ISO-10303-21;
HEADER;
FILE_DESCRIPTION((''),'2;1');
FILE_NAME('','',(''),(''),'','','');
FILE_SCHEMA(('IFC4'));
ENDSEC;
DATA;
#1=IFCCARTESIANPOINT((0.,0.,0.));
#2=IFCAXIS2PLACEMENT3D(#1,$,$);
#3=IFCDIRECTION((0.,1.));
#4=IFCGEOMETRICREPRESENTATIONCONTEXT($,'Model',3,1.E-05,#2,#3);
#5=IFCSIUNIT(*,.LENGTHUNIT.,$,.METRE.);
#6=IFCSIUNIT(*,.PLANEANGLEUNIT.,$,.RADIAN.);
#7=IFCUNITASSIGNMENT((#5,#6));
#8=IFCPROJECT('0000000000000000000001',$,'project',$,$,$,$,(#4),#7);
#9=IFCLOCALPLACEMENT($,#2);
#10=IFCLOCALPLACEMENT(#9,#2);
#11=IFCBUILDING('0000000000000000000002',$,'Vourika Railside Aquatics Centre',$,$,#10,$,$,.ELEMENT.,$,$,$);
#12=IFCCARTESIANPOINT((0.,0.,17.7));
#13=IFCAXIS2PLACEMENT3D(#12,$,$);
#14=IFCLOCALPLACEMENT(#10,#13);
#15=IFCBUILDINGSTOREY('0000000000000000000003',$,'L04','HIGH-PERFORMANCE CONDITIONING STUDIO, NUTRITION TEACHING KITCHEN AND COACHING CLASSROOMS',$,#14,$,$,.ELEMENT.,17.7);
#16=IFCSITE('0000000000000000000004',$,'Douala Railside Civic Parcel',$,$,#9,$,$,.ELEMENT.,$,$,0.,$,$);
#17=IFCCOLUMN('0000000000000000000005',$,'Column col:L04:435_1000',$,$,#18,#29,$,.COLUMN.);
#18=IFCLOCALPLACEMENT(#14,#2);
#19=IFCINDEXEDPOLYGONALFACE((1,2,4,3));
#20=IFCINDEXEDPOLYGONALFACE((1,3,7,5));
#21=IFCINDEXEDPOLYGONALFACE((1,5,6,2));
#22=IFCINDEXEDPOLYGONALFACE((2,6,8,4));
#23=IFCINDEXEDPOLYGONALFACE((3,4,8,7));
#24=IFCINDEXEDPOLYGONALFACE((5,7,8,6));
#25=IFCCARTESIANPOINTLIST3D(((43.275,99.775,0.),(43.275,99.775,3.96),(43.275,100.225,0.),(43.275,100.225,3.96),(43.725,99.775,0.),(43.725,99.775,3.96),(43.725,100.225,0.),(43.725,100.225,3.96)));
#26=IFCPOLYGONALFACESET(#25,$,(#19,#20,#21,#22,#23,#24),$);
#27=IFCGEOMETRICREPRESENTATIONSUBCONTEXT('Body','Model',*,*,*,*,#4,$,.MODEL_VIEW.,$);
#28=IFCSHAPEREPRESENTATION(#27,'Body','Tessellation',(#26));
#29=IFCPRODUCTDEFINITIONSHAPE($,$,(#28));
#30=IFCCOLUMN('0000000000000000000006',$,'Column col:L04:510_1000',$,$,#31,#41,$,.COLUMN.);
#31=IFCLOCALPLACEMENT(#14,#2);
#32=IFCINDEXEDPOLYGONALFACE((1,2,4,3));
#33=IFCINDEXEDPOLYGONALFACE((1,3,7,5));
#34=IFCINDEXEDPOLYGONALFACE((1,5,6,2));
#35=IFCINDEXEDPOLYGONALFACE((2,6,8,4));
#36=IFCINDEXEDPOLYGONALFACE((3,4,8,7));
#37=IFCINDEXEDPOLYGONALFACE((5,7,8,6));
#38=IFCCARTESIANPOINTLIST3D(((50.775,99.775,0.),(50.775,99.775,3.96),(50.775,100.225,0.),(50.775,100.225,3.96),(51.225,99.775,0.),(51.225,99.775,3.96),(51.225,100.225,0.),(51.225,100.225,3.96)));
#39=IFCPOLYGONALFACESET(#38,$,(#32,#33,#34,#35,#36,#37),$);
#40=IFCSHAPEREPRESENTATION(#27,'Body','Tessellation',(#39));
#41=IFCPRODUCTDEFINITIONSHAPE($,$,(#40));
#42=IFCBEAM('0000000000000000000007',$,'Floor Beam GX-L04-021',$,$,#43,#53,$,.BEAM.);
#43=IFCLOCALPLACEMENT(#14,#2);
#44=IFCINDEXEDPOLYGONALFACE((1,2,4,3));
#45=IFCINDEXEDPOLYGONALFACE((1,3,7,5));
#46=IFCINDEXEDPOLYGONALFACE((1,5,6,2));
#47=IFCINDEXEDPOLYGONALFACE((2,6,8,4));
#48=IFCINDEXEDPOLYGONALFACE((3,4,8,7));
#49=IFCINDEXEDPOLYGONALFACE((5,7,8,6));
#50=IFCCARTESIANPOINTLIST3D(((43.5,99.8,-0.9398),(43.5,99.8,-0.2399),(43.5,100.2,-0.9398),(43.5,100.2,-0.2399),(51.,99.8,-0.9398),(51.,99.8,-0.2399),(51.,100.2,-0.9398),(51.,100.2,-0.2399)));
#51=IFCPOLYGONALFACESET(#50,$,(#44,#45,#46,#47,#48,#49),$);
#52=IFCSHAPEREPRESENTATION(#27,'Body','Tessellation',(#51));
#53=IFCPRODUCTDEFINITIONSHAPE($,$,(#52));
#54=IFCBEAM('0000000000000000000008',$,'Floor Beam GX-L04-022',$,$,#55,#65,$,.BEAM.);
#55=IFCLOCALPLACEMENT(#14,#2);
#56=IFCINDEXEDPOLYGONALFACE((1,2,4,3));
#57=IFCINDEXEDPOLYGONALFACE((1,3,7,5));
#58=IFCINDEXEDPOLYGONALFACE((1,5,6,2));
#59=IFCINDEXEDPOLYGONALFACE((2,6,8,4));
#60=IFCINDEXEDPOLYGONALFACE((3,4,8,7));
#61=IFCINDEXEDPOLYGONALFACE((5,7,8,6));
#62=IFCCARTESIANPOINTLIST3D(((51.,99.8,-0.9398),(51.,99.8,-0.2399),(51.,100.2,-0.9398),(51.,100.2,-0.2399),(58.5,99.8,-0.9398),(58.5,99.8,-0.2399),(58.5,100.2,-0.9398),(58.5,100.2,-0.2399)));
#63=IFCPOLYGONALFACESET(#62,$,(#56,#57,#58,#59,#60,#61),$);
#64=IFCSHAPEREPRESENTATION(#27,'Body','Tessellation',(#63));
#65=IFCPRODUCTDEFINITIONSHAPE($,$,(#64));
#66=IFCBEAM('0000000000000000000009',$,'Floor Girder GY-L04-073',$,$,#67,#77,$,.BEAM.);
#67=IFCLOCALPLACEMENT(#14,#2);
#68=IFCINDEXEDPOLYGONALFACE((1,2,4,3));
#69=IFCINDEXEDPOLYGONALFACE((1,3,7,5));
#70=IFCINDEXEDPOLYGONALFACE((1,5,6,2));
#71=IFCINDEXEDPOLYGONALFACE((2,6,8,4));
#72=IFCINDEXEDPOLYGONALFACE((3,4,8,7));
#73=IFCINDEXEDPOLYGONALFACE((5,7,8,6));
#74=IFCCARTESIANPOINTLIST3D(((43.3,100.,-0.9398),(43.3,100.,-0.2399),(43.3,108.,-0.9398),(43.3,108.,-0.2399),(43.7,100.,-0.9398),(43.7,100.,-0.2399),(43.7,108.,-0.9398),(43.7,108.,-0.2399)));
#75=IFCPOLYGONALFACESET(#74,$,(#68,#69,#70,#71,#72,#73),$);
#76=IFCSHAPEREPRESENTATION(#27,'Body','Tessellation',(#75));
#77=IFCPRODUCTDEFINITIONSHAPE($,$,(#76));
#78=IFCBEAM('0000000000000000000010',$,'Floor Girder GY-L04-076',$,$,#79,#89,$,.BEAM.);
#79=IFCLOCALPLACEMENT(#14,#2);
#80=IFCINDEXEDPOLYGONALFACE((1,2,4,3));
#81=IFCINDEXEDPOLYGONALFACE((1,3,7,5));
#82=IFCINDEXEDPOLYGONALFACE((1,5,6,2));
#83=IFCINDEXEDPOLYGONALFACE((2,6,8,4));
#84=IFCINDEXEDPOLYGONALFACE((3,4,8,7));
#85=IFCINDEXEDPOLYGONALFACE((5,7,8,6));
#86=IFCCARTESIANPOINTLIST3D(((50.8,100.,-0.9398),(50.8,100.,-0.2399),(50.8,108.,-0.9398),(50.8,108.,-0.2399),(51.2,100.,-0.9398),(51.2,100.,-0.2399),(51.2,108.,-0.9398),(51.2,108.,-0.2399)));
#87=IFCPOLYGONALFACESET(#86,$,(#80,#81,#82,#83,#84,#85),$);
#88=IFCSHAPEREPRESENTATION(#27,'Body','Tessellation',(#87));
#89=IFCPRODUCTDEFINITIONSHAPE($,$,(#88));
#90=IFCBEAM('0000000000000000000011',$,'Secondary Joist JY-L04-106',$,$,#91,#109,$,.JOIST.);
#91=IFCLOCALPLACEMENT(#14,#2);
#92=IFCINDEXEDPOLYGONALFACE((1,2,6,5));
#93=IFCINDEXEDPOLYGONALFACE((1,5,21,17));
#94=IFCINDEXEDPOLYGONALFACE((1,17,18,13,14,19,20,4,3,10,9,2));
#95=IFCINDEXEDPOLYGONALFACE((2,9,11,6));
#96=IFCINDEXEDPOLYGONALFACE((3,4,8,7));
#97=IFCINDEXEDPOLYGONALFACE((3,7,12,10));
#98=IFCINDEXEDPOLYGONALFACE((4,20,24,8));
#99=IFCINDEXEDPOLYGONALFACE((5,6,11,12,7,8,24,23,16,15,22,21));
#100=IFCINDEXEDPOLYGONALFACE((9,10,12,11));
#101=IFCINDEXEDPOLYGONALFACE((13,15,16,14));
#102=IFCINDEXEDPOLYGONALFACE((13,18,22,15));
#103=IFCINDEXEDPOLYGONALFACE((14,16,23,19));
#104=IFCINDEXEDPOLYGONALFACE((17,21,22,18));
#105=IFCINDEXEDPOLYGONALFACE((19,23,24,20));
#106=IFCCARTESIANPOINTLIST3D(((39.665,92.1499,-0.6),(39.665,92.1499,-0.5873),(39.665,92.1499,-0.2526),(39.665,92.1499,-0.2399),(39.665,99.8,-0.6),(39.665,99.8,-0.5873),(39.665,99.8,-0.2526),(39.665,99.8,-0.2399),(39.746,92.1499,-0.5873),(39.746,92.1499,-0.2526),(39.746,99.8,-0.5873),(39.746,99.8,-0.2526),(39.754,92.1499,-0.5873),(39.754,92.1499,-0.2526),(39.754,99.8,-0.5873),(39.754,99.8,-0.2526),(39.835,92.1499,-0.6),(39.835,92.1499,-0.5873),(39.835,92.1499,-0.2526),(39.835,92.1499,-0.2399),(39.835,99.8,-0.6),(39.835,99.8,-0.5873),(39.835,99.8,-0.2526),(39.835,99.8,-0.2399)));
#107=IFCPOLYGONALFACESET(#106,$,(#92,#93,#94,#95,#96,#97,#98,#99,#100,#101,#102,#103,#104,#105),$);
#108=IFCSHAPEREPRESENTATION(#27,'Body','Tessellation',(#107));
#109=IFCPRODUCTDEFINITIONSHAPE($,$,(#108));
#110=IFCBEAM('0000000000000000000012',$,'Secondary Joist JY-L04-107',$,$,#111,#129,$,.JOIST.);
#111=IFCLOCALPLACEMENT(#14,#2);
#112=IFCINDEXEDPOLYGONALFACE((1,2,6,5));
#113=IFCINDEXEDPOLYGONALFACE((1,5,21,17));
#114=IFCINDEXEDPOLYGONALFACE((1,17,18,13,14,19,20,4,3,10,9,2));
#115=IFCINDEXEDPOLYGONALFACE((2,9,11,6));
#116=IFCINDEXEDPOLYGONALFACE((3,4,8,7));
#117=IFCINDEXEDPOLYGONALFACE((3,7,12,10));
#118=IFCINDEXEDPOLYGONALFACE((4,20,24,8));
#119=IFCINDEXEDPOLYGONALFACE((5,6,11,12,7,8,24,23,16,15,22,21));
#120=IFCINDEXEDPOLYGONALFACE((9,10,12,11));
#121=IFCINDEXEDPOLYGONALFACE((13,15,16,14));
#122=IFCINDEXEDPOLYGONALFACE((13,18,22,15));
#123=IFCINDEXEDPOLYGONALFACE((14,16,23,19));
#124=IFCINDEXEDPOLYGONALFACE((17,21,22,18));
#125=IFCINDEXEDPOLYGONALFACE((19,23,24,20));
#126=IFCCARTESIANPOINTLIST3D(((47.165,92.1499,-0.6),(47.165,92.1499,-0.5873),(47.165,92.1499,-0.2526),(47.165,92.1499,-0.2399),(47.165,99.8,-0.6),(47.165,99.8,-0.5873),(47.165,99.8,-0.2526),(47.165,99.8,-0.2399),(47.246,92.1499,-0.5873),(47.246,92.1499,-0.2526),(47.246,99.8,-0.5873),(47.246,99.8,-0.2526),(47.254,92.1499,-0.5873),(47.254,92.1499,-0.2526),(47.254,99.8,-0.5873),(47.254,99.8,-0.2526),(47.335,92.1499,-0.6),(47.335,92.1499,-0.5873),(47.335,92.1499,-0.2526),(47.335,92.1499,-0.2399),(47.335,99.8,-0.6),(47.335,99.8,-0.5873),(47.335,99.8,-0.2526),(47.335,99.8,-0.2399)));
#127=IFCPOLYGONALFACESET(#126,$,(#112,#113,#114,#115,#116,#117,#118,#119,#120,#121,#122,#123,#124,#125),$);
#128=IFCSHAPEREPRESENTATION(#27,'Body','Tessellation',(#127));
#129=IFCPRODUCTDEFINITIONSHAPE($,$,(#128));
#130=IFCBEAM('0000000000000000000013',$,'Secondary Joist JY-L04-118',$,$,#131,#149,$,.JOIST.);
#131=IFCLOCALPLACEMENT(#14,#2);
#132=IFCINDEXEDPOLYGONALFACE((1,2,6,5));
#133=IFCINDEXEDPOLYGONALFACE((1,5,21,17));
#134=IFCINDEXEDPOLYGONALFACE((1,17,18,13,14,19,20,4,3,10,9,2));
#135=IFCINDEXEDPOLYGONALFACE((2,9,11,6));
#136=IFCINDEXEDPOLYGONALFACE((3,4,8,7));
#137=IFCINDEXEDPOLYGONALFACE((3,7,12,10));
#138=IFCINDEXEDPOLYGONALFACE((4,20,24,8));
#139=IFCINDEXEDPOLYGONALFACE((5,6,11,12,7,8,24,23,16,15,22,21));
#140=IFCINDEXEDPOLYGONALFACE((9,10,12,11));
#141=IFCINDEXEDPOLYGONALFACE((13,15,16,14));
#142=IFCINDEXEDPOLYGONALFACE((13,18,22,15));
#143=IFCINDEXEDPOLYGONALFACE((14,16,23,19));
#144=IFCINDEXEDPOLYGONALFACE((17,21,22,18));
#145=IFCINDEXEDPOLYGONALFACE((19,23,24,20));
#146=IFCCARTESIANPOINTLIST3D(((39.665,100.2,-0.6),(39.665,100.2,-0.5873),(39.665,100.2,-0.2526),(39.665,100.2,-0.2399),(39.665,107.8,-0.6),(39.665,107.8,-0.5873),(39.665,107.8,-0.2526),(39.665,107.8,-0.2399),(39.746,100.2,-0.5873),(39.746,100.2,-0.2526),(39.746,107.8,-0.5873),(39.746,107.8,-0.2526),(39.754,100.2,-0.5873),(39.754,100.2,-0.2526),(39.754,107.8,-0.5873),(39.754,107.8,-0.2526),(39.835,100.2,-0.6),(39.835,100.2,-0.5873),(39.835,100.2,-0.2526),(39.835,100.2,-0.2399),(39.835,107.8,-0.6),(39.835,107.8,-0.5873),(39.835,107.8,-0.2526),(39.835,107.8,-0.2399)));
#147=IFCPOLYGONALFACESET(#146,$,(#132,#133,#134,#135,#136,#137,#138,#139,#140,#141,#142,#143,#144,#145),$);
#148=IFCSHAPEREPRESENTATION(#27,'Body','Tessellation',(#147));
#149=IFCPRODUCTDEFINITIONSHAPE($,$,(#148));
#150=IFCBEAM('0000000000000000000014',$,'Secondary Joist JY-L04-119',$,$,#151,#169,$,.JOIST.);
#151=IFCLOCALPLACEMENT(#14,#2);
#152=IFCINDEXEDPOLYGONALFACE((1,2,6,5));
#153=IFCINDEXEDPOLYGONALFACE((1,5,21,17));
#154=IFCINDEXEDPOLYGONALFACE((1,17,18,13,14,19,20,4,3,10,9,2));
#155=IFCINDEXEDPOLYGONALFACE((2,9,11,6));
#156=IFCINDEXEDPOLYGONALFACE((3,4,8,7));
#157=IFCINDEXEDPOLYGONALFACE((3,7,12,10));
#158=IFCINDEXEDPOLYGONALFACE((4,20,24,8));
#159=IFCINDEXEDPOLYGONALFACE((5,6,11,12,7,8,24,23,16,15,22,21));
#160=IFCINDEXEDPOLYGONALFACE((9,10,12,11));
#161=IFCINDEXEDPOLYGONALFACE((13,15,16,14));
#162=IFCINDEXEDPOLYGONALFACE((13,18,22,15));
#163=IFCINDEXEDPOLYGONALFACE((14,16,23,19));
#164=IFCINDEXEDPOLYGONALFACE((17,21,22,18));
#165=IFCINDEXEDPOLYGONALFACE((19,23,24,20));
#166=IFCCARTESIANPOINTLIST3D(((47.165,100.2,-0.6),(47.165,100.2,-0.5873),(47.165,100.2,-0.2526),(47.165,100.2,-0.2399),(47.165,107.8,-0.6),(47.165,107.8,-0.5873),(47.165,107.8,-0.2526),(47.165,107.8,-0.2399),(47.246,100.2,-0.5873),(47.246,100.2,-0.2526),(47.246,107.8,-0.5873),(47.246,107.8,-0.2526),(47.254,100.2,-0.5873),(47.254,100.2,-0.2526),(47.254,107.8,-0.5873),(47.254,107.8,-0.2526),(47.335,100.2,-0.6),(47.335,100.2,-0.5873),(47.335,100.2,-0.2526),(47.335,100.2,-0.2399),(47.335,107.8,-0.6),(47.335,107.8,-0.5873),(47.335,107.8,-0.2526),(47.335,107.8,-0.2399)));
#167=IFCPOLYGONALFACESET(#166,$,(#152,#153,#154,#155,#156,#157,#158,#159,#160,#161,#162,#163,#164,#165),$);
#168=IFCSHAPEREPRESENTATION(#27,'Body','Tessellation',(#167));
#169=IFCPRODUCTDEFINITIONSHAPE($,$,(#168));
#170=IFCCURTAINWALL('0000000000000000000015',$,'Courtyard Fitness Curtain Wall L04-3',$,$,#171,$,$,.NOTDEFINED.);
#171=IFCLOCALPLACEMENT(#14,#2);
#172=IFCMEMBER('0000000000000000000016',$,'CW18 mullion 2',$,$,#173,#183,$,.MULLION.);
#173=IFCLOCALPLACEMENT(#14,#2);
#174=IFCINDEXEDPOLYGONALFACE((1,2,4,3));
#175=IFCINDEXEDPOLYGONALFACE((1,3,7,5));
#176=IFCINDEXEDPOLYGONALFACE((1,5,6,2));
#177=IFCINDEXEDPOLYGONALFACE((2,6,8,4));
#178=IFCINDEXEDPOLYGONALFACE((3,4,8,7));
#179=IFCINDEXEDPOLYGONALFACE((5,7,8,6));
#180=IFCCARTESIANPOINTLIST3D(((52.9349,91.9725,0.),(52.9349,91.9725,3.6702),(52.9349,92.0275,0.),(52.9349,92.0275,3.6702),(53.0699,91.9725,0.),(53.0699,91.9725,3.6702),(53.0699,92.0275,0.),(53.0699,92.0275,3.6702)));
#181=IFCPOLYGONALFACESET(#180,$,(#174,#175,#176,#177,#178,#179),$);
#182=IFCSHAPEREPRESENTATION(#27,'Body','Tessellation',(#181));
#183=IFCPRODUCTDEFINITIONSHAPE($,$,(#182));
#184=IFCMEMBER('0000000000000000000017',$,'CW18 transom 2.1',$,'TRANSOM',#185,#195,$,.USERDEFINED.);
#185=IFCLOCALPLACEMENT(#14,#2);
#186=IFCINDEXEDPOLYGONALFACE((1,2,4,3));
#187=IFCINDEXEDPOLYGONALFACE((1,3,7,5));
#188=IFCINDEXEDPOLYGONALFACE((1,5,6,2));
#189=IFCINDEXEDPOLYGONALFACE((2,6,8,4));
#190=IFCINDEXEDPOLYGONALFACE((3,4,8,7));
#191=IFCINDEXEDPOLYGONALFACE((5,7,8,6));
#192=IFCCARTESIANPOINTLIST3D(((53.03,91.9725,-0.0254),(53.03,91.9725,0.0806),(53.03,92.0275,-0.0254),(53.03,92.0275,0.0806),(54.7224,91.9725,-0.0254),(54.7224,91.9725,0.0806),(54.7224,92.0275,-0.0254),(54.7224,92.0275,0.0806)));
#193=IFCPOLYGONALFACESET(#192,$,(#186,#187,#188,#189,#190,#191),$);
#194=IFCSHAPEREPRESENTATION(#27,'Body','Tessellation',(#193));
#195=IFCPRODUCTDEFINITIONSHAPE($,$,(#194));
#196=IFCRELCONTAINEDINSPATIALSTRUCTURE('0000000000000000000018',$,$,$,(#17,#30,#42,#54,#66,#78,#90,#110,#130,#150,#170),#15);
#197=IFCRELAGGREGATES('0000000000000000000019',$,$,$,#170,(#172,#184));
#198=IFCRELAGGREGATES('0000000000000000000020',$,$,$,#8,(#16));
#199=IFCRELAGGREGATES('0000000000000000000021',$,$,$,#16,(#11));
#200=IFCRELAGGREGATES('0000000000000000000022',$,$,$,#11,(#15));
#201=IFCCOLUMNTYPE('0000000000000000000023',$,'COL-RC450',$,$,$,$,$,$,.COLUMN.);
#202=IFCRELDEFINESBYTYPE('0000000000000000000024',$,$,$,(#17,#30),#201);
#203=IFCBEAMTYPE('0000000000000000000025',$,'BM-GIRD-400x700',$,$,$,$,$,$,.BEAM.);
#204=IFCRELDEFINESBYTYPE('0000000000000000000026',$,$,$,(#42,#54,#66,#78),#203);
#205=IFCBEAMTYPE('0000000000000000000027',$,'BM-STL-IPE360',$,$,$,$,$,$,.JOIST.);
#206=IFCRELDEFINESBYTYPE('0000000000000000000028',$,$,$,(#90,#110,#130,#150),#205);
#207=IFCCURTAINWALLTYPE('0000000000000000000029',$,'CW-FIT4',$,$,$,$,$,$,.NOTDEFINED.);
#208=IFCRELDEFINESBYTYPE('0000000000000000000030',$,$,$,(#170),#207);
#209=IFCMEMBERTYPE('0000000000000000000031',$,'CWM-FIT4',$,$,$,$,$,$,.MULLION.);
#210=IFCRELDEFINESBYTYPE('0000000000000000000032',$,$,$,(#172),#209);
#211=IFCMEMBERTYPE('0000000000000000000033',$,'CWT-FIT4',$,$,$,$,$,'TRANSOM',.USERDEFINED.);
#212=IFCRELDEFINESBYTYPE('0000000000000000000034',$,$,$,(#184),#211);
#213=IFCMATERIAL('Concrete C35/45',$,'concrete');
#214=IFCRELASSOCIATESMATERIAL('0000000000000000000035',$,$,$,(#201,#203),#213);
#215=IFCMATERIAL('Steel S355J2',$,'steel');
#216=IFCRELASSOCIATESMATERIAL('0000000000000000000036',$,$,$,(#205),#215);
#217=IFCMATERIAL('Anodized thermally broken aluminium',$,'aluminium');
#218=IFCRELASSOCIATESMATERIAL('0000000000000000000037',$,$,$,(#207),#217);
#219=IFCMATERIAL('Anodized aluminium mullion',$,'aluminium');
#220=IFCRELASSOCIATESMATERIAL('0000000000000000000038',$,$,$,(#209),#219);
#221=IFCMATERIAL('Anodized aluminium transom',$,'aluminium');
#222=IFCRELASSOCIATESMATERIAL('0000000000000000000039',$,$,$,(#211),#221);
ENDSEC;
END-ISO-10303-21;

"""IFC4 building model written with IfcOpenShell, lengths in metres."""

from ifc_helpers import new_model, si_unit, direction, frame, origin, origin_2d, place, context, subcontext, project, spatial, rectangle, i_section, extrude, material, material_profile, profile_set, type_object, element, aggregate, save


model = new_model("IFC4")

# Units and contexts
model_context = context("Model", 3, precision=1e-05, world=origin(), true_north=direction((0.0, 1.0)))
body_context = subcontext(model_context, "Body", "Model", "MODEL_VIEW")
ifc_project = project(units=[si_unit("LENGTHUNIT", "METRE"), si_unit("PLANEANGLEUNIT", "RADIAN")], contexts=[model_context])

# Site, building, storey
site_placement = place(None, origin())
site = spatial("IfcSite", under=ifc_project, at=site_placement, Name="Douala Railside Civic Parcel", CompositionType="ELEMENT", RefElevation=0.0)
building_placement = place(site_placement, origin())
building = spatial("IfcBuilding", under=site, at=building_placement, Name="Vourika Railside Aquatics Centre", CompositionType="ELEMENT")
storey_placement = place(building_placement, frame((0.0, 0.0, 17.7)))
storey = spatial("IfcBuildingStorey", under=building, at=storey_placement, Name="L04", Description="HIGH-PERFORMANCE CONDITIONING STUDIO, NUTRITION TEACHING KITCHEN AND COACHING CLASSROOMS", CompositionType="ELEMENT", Elevation=17.7)

# Columns
ifc_material_1 = material(Name="Concrete C35/45", Category="concrete")
ifc_material_profile_1 = material_profile(ifc_material_1, rectangle(XDim=0.45, YDim=0.45, at=origin_2d()), Name="RC 450x450")
ifc_profile_set_1 = profile_set([ifc_material_profile_1], Name="Concrete C35/45")
column_type = type_object("IfcColumnType", Name="COL-RC450", PredefinedType="COLUMN", material=ifc_profile_set_1)
for number, where, z_axis, x_axis, name in (
    (1, (43.5, 100.0, 0.0), (0.0, 0.0, 1.0), (1.0, 0.0, 0.0), "Column col:L04:435_1000"),
    (2, (51.0, 100.0, 0.0), (0.0, 0.0, 1.0), (1.0, 0.0, 0.0), "Column col:L04:510_1000"),
):
    element("IfcColumn", number, at=place(storey_placement, frame(where, z_axis=z_axis, x_axis=x_axis)), inside=storey, type_object=column_type, Name=name, PredefinedType="COLUMN", context=body_context, shape_type="SweptSolid", body=[
        extrude(rectangle(XDim=0.45, YDim=0.45, at=origin_2d()), origin(), (0.0, 0.0, 1.0), 3.96),
    ])

# Beams
ifc_material_profile_2 = material_profile(ifc_material_1, rectangle(XDim=0.3999, YDim=0.7, at=origin_2d()), Name="RC 400x700")
ifc_profile_set_2 = profile_set([ifc_material_profile_2], Name="Concrete C35/45")
beam_type_1 = type_object("IfcBeamType", Name="BM-GIRD-400x700", PredefinedType="BEAM", material=ifc_profile_set_2)
for number, where, z_axis, x_axis, name in (
    (3, (43.5, 100.0, -0.5898), (1.0, 0.0, 0.0), (0.0, 1.0, 0.0), "Floor Beam GX-L04-021"),
    (4, (51.0, 100.0, -0.5898), (1.0, 0.0, 0.0), (0.0, 1.0, 0.0), "Floor Beam GX-L04-022"),
):
    element("IfcBeam", number, at=place(storey_placement, frame(where, z_axis=z_axis, x_axis=x_axis)), inside=storey, type_object=beam_type_1, Name=name, PredefinedType="BEAM", context=body_context, shape_type="SweptSolid", body=[
        extrude(rectangle(XDim=0.3999, YDim=0.7, at=origin_2d()), origin(), (0.0, 0.0, 1.0), 7.5),
    ])
for number, where, z_axis, x_axis, name in (
    (5, (43.5, 100.0, -0.5898), (0.0, 1.0, 0.0), (-1.0, 0.0, 0.0), "Floor Girder GY-L04-073"),
    (6, (51.0, 100.0, -0.5898), (0.0, 1.0, 0.0), (-1.0, 0.0, 0.0), "Floor Girder GY-L04-076"),
):
    element("IfcBeam", number, at=place(storey_placement, frame(where, z_axis=z_axis, x_axis=x_axis)), inside=storey, type_object=beam_type_1, Name=name, PredefinedType="BEAM", context=body_context, shape_type="SweptSolid", body=[
        extrude(rectangle(XDim=0.3999, YDim=0.7, at=origin_2d()), origin(), (0.0, 0.0, 1.0), 8.0),
    ])
ifc_material_2 = material(Name="Steel S355J2", Category="steel")
ifc_material_profile_3 = material_profile(ifc_material_2, i_section(OverallWidth=0.1699, OverallDepth=0.3601, WebThickness=0.0081, FlangeThickness=0.0127, at=origin_2d()), Name="IPE 360")
ifc_profile_set_3 = profile_set([ifc_material_profile_3], Name="Steel S355J2")
beam_type_2 = type_object("IfcBeamType", Name="BM-STL-IPE360", PredefinedType="JOIST", material=ifc_profile_set_3)
for number, where, z_axis, x_axis, name in (
    (7, (39.75, 92.1499, -0.4199), (0.0, 1.0, 0.0), (-1.0, 0.0, 0.0), "Secondary Joist JY-L04-106"),
    (8, (47.25, 92.1499, -0.4199), (0.0, 1.0, 0.0), (-1.0, 0.0, 0.0), "Secondary Joist JY-L04-107"),
):
    element("IfcBeam", number, at=place(storey_placement, frame(where, z_axis=z_axis, x_axis=x_axis)), inside=storey, type_object=beam_type_2, Name=name, PredefinedType="JOIST", context=body_context, shape_type="SweptSolid", body=[
        extrude(i_section(OverallWidth=0.1699, OverallDepth=0.3601, WebThickness=0.0081, FlangeThickness=0.0127, at=origin_2d()), origin(), (0.0, 0.0, 1.0), 7.6501),
    ])
for number, where, z_axis, x_axis, name in (
    (9, (39.75, 100.2, -0.4199), (0.0, 1.0, 0.0), (-1.0, 0.0, 0.0), "Secondary Joist JY-L04-118"),
    (10, (47.25, 100.2, -0.4199), (0.0, 1.0, 0.0), (-1.0, 0.0, 0.0), "Secondary Joist JY-L04-119"),
):
    element("IfcBeam", number, at=place(storey_placement, frame(where, z_axis=z_axis, x_axis=x_axis)), inside=storey, type_object=beam_type_2, Name=name, PredefinedType="JOIST", context=body_context, shape_type="SweptSolid", body=[
        extrude(i_section(OverallWidth=0.1699, OverallDepth=0.3601, WebThickness=0.0081, FlangeThickness=0.0127, at=origin_2d()), origin(), (0.0, 0.0, 1.0), 7.6001),
    ])

# Curtain wall, members
ifc_material_3 = material(Name="Anodized thermally broken aluminium", Category="aluminium")
curtain_wall_type = type_object("IfcCurtainWallType", Name="CW-FIT4", PredefinedType="NOTDEFINED", material=ifc_material_3)
curtain_wall_placement = place(storey_placement, origin())
curtain_wall = element("IfcCurtainWall", 11, at=curtain_wall_placement, inside=storey, type_object=curtain_wall_type, Name="Courtyard Fitness Curtain Wall L04-3", PredefinedType="NOTDEFINED")
ifc_material_4 = material(Name="Anodized aluminium mullion", Category="aluminium")
ifc_material_profile_4 = material_profile(ifc_material_4, rectangle(XDim=0.0549, YDim=0.135, at=origin_2d()), Name="ALU-M 55x135")
ifc_profile_set_4 = profile_set([ifc_material_profile_4], Name="Anodized aluminium mullion")
member_type_1 = type_object("IfcMemberType", Name="CWM-FIT4", PredefinedType="MULLION", material=ifc_profile_set_4)
member_1_placement = place(storey_placement, frame((53.0024, 92.0, 0.0), z_axis=(0.0, 0.0, 1.0), x_axis=(0.0, 1.0, 0.0)))
member_1 = element("IfcMember", 12, at=member_1_placement, type_object=member_type_1, Name="CW18 mullion 2", PredefinedType="MULLION", context=body_context, shape_type="SweptSolid", body=[
    extrude(rectangle(XDim=0.0549, YDim=0.135, at=origin_2d()), origin(), (0.0, 0.0, 1.0), 3.6702),
])
ifc_material_5 = material(Name="Anodized aluminium transom", Category="aluminium")
ifc_material_profile_5 = material_profile(ifc_material_5, rectangle(XDim=0.0549, YDim=0.106, at=origin_2d()), Name="ALU-T 55x106")
ifc_profile_set_5 = profile_set([ifc_material_profile_5], Name="Anodized aluminium transom")
member_type_2 = type_object("IfcMemberType", Name="CWT-FIT4", ElementType="TRANSOM", PredefinedType="USERDEFINED", material=ifc_profile_set_5)
member_2_placement = place(storey_placement, frame((53.03, 92.0, 0.0276), z_axis=(1.0, 0.0, 0.0), x_axis=(0.0, 1.0, 0.0)))
member_2 = element("IfcMember", 13, at=member_2_placement, type_object=member_type_2, Name="CW18 transom 2.1", ObjectType="TRANSOM", PredefinedType="USERDEFINED", context=body_context, shape_type="SweptSolid", body=[
    extrude(rectangle(XDim=0.0549, YDim=0.106, at=origin_2d()), origin(), (0.0, 0.0, 1.0), 1.6924),
])
aggregate(curtain_wall, [member_1, member_2])

save(model, "model.ifc")
